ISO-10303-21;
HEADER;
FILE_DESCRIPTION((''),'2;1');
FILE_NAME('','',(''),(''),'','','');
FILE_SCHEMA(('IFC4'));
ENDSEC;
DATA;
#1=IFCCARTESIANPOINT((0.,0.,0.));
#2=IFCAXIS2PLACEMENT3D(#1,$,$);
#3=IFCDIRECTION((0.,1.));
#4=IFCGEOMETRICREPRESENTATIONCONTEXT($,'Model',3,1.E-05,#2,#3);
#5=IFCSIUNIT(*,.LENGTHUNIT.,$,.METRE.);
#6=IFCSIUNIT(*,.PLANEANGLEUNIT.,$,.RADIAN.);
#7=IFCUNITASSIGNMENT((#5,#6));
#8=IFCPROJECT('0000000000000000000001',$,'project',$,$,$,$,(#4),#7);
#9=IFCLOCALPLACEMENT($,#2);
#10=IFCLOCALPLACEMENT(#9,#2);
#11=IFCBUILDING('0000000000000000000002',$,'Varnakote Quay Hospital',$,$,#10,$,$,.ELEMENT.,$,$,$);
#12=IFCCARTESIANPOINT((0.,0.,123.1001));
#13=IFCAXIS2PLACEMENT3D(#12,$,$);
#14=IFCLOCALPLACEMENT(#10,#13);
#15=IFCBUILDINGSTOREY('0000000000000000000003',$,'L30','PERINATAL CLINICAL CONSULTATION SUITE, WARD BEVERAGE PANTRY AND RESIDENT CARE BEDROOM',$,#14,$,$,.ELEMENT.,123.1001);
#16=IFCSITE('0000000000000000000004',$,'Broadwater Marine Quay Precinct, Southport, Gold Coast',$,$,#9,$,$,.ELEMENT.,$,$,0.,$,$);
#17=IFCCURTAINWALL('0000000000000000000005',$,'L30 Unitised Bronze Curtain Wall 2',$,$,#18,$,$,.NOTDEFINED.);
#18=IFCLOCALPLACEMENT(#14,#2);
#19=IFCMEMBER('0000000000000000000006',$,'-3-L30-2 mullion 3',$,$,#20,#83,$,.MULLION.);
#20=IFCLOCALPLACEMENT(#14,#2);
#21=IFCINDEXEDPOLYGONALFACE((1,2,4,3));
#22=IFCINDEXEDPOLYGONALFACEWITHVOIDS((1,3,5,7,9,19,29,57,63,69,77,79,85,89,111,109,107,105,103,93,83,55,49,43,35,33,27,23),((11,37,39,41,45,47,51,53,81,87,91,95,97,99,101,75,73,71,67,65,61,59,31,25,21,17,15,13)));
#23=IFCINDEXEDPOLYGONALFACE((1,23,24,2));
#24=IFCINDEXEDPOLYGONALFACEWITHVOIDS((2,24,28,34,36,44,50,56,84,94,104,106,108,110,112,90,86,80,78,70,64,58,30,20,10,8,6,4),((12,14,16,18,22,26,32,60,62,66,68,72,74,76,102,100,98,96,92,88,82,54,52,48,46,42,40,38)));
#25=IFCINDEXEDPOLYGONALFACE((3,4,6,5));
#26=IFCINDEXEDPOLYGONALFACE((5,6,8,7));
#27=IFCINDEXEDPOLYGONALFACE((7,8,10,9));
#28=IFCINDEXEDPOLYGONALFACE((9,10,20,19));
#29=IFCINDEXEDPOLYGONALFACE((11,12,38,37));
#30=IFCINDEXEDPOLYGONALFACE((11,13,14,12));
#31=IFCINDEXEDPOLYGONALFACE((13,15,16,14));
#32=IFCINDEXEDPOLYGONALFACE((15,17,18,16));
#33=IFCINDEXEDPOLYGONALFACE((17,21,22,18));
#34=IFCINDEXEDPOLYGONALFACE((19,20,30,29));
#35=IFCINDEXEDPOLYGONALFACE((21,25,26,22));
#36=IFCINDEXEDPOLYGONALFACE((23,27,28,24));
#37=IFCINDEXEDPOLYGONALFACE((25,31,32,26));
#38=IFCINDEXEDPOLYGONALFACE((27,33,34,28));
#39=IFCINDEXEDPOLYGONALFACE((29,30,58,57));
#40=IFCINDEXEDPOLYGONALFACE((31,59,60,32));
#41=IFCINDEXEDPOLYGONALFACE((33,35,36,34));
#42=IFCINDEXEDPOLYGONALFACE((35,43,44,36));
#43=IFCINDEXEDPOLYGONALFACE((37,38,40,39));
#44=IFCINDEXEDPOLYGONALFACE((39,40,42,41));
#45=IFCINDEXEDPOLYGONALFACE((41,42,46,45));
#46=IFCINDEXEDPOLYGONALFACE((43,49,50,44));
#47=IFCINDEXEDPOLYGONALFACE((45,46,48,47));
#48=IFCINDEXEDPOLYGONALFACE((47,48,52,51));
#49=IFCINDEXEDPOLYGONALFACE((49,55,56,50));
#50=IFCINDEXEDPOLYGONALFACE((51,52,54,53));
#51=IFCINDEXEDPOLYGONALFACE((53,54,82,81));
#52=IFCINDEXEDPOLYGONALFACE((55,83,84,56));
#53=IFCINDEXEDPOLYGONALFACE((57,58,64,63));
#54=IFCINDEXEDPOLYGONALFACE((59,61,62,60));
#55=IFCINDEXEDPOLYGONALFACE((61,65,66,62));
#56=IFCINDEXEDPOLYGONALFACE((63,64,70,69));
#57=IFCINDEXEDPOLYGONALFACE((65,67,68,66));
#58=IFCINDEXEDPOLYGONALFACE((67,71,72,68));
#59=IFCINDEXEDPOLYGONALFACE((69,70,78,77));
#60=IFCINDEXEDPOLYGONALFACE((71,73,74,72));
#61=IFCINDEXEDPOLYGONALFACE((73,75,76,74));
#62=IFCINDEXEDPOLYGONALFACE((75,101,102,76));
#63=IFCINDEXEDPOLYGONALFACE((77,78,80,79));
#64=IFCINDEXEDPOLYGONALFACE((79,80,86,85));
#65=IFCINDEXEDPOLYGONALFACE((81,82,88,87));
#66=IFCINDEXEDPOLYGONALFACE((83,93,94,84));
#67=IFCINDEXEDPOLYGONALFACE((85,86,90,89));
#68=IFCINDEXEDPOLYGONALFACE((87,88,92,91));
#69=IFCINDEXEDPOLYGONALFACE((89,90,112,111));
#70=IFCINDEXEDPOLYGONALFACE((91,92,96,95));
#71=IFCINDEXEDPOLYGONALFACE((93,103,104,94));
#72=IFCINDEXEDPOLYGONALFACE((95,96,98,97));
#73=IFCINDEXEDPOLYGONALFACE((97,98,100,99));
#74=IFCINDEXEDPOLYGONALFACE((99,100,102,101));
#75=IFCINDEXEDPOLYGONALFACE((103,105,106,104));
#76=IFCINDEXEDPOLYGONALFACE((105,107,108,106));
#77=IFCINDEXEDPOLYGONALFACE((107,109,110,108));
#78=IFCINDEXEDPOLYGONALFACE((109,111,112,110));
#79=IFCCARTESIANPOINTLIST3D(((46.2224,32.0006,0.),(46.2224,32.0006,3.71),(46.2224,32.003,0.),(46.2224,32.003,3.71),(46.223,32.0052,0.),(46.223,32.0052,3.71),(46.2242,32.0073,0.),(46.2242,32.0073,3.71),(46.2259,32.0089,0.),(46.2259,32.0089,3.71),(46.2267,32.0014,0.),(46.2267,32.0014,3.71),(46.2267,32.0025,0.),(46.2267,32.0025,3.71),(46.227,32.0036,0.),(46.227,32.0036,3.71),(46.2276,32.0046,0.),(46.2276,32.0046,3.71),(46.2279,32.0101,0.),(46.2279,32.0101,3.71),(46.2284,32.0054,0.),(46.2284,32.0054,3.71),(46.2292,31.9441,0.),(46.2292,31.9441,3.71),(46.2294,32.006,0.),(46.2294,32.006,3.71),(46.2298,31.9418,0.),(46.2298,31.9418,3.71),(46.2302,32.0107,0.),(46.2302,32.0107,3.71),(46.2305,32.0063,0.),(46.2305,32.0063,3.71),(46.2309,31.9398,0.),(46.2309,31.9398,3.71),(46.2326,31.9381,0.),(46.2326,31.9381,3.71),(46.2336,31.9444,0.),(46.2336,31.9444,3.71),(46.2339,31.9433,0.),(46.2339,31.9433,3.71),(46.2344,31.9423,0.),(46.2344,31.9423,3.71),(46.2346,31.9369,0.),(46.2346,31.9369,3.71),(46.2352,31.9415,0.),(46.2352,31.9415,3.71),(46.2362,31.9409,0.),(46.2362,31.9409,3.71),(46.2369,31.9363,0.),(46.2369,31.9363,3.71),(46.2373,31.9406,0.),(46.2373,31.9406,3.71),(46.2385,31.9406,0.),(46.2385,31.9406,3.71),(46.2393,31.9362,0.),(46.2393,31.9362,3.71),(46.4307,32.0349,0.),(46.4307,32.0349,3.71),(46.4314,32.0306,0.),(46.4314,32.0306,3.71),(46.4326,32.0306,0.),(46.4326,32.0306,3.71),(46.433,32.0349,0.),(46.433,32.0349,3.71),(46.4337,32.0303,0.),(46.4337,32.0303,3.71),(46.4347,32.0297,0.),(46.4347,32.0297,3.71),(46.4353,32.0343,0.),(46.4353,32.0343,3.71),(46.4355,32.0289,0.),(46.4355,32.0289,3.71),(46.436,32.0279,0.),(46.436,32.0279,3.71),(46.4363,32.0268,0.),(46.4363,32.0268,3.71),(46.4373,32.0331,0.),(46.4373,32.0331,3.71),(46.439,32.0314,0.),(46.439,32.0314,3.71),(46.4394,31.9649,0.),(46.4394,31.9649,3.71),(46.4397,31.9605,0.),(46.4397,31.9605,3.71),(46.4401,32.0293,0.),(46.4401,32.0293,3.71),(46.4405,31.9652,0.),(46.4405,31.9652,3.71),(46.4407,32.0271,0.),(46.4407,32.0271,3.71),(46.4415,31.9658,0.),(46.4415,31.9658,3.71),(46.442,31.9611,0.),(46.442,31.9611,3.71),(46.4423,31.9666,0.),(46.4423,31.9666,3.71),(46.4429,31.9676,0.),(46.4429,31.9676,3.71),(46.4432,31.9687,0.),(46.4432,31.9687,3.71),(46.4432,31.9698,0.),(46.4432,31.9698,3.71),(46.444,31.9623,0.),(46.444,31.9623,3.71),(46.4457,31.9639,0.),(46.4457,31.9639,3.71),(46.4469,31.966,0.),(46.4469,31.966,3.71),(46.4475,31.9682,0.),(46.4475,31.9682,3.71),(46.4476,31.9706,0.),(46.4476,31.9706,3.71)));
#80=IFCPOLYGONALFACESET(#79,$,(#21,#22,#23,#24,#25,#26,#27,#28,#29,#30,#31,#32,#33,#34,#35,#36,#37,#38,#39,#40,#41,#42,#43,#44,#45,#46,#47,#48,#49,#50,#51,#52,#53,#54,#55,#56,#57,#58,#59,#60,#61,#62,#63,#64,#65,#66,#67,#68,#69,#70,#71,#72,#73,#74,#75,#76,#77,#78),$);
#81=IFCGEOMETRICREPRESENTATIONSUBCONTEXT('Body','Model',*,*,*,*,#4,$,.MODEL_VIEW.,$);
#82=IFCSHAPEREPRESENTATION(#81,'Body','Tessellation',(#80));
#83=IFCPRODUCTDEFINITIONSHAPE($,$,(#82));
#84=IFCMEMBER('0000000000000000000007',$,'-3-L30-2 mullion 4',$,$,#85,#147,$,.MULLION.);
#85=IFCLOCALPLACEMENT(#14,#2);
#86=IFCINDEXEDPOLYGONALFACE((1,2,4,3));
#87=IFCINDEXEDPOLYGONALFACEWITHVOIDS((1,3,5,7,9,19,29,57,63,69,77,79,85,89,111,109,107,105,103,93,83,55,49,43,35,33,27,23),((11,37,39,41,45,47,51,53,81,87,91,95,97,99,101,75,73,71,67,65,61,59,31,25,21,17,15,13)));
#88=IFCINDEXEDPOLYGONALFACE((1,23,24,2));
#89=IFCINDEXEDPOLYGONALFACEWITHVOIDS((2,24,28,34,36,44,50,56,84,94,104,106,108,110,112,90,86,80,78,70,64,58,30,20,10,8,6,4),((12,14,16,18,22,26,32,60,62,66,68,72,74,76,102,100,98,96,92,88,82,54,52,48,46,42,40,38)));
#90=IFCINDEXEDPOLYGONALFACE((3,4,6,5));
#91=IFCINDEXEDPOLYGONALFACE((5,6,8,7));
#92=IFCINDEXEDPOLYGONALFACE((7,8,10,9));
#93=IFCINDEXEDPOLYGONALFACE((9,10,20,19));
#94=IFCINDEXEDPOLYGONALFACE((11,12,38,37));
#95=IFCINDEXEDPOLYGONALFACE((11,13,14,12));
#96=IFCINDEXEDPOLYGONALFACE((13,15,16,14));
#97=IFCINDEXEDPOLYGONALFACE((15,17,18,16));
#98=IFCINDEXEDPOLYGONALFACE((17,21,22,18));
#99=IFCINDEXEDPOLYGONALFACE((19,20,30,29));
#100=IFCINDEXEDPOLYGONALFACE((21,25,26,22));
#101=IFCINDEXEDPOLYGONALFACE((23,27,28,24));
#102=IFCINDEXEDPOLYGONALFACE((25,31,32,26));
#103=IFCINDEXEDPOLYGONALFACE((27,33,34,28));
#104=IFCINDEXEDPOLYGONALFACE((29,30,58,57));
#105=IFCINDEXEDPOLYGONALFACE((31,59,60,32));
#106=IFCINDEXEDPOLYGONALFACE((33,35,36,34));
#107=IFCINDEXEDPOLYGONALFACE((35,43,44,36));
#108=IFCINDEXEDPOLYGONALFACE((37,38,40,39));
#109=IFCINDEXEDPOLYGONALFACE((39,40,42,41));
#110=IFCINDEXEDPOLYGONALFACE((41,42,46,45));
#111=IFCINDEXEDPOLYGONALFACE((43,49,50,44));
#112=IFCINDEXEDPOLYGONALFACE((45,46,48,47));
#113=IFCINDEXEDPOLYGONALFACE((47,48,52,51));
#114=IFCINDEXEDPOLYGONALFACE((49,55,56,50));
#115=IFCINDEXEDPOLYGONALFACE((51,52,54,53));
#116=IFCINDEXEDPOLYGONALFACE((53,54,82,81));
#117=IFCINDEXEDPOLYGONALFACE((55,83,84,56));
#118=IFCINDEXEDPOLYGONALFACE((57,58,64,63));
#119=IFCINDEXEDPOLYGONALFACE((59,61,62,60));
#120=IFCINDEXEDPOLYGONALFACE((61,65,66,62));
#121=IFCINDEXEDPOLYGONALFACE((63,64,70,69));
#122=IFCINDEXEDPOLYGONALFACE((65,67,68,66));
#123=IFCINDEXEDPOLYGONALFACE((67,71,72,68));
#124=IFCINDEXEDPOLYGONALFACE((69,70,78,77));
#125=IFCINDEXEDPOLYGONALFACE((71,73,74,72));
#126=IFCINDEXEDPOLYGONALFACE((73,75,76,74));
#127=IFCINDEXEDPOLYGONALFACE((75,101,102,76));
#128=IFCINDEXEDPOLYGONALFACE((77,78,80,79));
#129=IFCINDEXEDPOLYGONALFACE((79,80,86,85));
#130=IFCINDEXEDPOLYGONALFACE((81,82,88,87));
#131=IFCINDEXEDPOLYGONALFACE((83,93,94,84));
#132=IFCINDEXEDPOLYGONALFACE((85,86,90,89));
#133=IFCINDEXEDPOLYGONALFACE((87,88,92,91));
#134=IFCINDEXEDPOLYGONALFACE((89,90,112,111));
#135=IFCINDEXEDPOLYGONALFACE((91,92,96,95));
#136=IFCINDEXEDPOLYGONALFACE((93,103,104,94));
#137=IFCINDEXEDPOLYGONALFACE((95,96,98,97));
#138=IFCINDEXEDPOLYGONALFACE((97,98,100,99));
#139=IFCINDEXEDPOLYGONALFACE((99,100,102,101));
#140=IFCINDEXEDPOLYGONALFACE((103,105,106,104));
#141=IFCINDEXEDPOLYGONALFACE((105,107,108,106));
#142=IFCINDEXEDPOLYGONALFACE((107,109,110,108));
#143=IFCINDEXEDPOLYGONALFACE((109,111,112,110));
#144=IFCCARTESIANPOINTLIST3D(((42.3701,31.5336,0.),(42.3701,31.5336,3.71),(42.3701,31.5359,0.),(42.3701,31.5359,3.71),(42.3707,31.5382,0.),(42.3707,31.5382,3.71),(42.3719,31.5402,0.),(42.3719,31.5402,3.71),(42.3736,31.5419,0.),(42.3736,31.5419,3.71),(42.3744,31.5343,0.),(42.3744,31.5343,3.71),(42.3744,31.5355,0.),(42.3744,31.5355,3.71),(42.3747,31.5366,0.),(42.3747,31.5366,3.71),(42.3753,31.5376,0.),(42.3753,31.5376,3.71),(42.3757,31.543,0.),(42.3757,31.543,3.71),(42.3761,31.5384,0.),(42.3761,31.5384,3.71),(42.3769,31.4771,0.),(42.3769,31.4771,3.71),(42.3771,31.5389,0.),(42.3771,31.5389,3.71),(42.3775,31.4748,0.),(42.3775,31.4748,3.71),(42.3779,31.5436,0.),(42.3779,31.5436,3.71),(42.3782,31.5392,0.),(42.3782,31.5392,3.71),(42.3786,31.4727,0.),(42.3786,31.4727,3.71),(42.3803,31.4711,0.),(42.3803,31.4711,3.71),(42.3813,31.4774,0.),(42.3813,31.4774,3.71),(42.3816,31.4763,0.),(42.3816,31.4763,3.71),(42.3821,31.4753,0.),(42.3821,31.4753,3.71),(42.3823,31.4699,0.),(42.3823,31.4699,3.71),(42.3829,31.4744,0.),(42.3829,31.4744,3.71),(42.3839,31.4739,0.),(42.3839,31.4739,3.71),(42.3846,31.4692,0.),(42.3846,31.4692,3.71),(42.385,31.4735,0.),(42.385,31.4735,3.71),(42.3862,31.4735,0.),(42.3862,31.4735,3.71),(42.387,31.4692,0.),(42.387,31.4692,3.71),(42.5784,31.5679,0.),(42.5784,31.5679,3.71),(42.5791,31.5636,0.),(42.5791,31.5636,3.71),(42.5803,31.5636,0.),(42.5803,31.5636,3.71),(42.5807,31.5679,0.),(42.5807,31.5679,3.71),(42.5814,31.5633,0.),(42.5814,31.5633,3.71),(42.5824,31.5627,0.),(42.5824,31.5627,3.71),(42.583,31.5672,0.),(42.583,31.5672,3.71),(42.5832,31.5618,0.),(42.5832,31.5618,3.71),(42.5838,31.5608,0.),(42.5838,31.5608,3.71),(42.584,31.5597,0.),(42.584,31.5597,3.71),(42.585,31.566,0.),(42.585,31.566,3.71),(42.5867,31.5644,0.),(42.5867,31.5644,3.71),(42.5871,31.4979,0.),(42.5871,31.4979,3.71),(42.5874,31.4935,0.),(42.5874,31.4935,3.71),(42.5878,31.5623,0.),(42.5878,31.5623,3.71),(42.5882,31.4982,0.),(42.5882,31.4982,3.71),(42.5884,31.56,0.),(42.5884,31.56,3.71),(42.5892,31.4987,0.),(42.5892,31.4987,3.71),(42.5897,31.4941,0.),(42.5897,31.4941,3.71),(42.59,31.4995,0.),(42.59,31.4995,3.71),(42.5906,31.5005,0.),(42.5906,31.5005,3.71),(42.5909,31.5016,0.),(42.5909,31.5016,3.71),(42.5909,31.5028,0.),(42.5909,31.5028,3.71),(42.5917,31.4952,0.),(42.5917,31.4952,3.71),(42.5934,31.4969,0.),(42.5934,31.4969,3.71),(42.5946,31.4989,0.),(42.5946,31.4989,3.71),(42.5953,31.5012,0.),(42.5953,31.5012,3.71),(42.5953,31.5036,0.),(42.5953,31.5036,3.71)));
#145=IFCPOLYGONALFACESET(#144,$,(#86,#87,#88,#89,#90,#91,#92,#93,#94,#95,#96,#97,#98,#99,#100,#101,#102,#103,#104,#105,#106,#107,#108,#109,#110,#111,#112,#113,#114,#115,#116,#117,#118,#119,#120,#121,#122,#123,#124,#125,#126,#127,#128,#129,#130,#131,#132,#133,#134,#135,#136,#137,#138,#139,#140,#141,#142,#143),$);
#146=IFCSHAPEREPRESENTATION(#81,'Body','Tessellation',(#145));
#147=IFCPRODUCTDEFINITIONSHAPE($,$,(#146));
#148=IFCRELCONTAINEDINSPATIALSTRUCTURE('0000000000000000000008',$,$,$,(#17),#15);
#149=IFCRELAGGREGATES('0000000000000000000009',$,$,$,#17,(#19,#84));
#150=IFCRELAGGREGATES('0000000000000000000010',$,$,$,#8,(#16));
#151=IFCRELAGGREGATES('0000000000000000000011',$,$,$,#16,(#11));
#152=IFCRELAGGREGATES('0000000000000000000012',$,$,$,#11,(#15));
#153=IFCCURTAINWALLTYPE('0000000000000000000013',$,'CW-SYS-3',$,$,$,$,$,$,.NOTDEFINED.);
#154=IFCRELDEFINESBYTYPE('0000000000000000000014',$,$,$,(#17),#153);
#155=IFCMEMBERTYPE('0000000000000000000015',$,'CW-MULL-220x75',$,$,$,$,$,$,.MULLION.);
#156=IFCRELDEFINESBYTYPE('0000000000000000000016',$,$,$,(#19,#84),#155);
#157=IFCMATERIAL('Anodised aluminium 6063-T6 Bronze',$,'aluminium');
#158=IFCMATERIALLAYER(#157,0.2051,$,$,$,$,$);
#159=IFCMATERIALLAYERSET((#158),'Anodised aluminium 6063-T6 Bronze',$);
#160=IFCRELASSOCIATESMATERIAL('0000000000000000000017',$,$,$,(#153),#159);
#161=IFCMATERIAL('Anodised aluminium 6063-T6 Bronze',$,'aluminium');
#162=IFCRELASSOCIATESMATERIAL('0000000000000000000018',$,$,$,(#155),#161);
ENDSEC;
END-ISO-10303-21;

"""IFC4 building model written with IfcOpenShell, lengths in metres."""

from ifc_helpers import new_model, si_unit, direction, frame, origin, origin_2d, place, context, subcontext, project, spatial, hollow_rectangle, extrude, material, layer, layer_set, material_profile, profile_set, type_object, element, aggregate, save


model = new_model("IFC4")

# Units and contexts
model_context = context("Model", 3, precision=1e-05, world=origin(), true_north=direction((0.0, 1.0)))
body_context = subcontext(model_context, "Body", "Model", "MODEL_VIEW")
ifc_project = project(units=[si_unit("LENGTHUNIT", "METRE"), si_unit("PLANEANGLEUNIT", "RADIAN")], contexts=[model_context])

# Site, building, storey
site_placement = place(None, origin())
site = spatial("IfcSite", under=ifc_project, at=site_placement, Name="Broadwater Marine Quay Precinct, Southport, Gold Coast", CompositionType="ELEMENT", RefElevation=0.0)
building_placement = place(site_placement, origin())
building = spatial("IfcBuilding", under=site, at=building_placement, Name="Varnakote Quay Hospital", CompositionType="ELEMENT")
storey_placement = place(building_placement, frame((0.0, 0.0, 123.1001)))
storey = spatial("IfcBuildingStorey", under=building, at=storey_placement, Name="L30", Description="PERINATAL CLINICAL CONSULTATION SUITE, WARD BEVERAGE PANTRY AND RESIDENT CARE BEDROOM", CompositionType="ELEMENT", Elevation=123.1001)

# Curtain wall, members
ifc_material_1 = material(Name="Anodised aluminium 6063-T6 Bronze", Category="aluminium")
ifc_layer_1 = layer(ifc_material_1, 0.2051)
ifc_layer_set_1 = layer_set([ifc_layer_1], Name="Anodised aluminium 6063-T6 Bronze")
curtain_wall_type = type_object("IfcCurtainWallType", Name="CW-SYS-3", PredefinedType="NOTDEFINED", material=ifc_layer_set_1)
curtain_wall_placement = place(storey_placement, origin())
curtain_wall = element("IfcCurtainWall", 1, at=curtain_wall_placement, inside=storey, type_object=curtain_wall_type, Name="L30 Unitised Bronze Curtain Wall 2", PredefinedType="NOTDEFINED")
ifc_material_2 = material(Name="Anodised aluminium 6063-T6 Bronze", Category="aluminium")
ifc_material_profile_1 = material_profile(ifc_material_2, hollow_rectangle(XDim=0.075, YDim=0.22, WallThickness=0.0044, InnerFilletRadius=0.0044, OuterFilletRadius=0.009, at=origin_2d()), Name="CW-MULL-220x75")
ifc_profile_set_1 = profile_set([ifc_material_profile_1], Name="Anodised aluminium 6063-T6 Bronze")
member_type_1 = type_object("IfcMemberType", Name="CW-MULL-220x75", PredefinedType="MULLION", material=ifc_profile_set_1)
member_1_placement = place(storey_placement, frame((46.335, 31.9856, 0.0), z_axis=(0.0, 0.0, 1.0), x_axis=(0.120327, -0.992734, 0.0)))
member_1 = element("IfcMember", 2, at=member_1_placement, type_object=member_type_1, Name="-3-L30-2 mullion 3", PredefinedType="MULLION", context=body_context, shape_type="SweptSolid", body=[
    extrude(hollow_rectangle(XDim=0.075, YDim=0.22, WallThickness=0.0044, InnerFilletRadius=0.0044, OuterFilletRadius=0.009, at=origin_2d()), origin(), (0.0, 0.0, 1.0), 3.71),
])
member_2_placement = place(storey_placement, frame((42.4827, 31.5186, 0.0), z_axis=(0.0, 0.0, 1.0), x_axis=(0.120327, -0.992734, 0.0)))
member_2 = element("IfcMember", 3, at=member_2_placement, type_object=member_type_1, Name="-3-L30-2 mullion 4", PredefinedType="MULLION", context=body_context, shape_type="SweptSolid", body=[
    extrude(hollow_rectangle(XDim=0.075, YDim=0.22, WallThickness=0.0044, InnerFilletRadius=0.0044, OuterFilletRadius=0.009, at=origin_2d()), origin(), (0.0, 0.0, 1.0), 3.71),
])

aggregate(curtain_wall, [member_1, member_2])

save(model, "model.ifc")
